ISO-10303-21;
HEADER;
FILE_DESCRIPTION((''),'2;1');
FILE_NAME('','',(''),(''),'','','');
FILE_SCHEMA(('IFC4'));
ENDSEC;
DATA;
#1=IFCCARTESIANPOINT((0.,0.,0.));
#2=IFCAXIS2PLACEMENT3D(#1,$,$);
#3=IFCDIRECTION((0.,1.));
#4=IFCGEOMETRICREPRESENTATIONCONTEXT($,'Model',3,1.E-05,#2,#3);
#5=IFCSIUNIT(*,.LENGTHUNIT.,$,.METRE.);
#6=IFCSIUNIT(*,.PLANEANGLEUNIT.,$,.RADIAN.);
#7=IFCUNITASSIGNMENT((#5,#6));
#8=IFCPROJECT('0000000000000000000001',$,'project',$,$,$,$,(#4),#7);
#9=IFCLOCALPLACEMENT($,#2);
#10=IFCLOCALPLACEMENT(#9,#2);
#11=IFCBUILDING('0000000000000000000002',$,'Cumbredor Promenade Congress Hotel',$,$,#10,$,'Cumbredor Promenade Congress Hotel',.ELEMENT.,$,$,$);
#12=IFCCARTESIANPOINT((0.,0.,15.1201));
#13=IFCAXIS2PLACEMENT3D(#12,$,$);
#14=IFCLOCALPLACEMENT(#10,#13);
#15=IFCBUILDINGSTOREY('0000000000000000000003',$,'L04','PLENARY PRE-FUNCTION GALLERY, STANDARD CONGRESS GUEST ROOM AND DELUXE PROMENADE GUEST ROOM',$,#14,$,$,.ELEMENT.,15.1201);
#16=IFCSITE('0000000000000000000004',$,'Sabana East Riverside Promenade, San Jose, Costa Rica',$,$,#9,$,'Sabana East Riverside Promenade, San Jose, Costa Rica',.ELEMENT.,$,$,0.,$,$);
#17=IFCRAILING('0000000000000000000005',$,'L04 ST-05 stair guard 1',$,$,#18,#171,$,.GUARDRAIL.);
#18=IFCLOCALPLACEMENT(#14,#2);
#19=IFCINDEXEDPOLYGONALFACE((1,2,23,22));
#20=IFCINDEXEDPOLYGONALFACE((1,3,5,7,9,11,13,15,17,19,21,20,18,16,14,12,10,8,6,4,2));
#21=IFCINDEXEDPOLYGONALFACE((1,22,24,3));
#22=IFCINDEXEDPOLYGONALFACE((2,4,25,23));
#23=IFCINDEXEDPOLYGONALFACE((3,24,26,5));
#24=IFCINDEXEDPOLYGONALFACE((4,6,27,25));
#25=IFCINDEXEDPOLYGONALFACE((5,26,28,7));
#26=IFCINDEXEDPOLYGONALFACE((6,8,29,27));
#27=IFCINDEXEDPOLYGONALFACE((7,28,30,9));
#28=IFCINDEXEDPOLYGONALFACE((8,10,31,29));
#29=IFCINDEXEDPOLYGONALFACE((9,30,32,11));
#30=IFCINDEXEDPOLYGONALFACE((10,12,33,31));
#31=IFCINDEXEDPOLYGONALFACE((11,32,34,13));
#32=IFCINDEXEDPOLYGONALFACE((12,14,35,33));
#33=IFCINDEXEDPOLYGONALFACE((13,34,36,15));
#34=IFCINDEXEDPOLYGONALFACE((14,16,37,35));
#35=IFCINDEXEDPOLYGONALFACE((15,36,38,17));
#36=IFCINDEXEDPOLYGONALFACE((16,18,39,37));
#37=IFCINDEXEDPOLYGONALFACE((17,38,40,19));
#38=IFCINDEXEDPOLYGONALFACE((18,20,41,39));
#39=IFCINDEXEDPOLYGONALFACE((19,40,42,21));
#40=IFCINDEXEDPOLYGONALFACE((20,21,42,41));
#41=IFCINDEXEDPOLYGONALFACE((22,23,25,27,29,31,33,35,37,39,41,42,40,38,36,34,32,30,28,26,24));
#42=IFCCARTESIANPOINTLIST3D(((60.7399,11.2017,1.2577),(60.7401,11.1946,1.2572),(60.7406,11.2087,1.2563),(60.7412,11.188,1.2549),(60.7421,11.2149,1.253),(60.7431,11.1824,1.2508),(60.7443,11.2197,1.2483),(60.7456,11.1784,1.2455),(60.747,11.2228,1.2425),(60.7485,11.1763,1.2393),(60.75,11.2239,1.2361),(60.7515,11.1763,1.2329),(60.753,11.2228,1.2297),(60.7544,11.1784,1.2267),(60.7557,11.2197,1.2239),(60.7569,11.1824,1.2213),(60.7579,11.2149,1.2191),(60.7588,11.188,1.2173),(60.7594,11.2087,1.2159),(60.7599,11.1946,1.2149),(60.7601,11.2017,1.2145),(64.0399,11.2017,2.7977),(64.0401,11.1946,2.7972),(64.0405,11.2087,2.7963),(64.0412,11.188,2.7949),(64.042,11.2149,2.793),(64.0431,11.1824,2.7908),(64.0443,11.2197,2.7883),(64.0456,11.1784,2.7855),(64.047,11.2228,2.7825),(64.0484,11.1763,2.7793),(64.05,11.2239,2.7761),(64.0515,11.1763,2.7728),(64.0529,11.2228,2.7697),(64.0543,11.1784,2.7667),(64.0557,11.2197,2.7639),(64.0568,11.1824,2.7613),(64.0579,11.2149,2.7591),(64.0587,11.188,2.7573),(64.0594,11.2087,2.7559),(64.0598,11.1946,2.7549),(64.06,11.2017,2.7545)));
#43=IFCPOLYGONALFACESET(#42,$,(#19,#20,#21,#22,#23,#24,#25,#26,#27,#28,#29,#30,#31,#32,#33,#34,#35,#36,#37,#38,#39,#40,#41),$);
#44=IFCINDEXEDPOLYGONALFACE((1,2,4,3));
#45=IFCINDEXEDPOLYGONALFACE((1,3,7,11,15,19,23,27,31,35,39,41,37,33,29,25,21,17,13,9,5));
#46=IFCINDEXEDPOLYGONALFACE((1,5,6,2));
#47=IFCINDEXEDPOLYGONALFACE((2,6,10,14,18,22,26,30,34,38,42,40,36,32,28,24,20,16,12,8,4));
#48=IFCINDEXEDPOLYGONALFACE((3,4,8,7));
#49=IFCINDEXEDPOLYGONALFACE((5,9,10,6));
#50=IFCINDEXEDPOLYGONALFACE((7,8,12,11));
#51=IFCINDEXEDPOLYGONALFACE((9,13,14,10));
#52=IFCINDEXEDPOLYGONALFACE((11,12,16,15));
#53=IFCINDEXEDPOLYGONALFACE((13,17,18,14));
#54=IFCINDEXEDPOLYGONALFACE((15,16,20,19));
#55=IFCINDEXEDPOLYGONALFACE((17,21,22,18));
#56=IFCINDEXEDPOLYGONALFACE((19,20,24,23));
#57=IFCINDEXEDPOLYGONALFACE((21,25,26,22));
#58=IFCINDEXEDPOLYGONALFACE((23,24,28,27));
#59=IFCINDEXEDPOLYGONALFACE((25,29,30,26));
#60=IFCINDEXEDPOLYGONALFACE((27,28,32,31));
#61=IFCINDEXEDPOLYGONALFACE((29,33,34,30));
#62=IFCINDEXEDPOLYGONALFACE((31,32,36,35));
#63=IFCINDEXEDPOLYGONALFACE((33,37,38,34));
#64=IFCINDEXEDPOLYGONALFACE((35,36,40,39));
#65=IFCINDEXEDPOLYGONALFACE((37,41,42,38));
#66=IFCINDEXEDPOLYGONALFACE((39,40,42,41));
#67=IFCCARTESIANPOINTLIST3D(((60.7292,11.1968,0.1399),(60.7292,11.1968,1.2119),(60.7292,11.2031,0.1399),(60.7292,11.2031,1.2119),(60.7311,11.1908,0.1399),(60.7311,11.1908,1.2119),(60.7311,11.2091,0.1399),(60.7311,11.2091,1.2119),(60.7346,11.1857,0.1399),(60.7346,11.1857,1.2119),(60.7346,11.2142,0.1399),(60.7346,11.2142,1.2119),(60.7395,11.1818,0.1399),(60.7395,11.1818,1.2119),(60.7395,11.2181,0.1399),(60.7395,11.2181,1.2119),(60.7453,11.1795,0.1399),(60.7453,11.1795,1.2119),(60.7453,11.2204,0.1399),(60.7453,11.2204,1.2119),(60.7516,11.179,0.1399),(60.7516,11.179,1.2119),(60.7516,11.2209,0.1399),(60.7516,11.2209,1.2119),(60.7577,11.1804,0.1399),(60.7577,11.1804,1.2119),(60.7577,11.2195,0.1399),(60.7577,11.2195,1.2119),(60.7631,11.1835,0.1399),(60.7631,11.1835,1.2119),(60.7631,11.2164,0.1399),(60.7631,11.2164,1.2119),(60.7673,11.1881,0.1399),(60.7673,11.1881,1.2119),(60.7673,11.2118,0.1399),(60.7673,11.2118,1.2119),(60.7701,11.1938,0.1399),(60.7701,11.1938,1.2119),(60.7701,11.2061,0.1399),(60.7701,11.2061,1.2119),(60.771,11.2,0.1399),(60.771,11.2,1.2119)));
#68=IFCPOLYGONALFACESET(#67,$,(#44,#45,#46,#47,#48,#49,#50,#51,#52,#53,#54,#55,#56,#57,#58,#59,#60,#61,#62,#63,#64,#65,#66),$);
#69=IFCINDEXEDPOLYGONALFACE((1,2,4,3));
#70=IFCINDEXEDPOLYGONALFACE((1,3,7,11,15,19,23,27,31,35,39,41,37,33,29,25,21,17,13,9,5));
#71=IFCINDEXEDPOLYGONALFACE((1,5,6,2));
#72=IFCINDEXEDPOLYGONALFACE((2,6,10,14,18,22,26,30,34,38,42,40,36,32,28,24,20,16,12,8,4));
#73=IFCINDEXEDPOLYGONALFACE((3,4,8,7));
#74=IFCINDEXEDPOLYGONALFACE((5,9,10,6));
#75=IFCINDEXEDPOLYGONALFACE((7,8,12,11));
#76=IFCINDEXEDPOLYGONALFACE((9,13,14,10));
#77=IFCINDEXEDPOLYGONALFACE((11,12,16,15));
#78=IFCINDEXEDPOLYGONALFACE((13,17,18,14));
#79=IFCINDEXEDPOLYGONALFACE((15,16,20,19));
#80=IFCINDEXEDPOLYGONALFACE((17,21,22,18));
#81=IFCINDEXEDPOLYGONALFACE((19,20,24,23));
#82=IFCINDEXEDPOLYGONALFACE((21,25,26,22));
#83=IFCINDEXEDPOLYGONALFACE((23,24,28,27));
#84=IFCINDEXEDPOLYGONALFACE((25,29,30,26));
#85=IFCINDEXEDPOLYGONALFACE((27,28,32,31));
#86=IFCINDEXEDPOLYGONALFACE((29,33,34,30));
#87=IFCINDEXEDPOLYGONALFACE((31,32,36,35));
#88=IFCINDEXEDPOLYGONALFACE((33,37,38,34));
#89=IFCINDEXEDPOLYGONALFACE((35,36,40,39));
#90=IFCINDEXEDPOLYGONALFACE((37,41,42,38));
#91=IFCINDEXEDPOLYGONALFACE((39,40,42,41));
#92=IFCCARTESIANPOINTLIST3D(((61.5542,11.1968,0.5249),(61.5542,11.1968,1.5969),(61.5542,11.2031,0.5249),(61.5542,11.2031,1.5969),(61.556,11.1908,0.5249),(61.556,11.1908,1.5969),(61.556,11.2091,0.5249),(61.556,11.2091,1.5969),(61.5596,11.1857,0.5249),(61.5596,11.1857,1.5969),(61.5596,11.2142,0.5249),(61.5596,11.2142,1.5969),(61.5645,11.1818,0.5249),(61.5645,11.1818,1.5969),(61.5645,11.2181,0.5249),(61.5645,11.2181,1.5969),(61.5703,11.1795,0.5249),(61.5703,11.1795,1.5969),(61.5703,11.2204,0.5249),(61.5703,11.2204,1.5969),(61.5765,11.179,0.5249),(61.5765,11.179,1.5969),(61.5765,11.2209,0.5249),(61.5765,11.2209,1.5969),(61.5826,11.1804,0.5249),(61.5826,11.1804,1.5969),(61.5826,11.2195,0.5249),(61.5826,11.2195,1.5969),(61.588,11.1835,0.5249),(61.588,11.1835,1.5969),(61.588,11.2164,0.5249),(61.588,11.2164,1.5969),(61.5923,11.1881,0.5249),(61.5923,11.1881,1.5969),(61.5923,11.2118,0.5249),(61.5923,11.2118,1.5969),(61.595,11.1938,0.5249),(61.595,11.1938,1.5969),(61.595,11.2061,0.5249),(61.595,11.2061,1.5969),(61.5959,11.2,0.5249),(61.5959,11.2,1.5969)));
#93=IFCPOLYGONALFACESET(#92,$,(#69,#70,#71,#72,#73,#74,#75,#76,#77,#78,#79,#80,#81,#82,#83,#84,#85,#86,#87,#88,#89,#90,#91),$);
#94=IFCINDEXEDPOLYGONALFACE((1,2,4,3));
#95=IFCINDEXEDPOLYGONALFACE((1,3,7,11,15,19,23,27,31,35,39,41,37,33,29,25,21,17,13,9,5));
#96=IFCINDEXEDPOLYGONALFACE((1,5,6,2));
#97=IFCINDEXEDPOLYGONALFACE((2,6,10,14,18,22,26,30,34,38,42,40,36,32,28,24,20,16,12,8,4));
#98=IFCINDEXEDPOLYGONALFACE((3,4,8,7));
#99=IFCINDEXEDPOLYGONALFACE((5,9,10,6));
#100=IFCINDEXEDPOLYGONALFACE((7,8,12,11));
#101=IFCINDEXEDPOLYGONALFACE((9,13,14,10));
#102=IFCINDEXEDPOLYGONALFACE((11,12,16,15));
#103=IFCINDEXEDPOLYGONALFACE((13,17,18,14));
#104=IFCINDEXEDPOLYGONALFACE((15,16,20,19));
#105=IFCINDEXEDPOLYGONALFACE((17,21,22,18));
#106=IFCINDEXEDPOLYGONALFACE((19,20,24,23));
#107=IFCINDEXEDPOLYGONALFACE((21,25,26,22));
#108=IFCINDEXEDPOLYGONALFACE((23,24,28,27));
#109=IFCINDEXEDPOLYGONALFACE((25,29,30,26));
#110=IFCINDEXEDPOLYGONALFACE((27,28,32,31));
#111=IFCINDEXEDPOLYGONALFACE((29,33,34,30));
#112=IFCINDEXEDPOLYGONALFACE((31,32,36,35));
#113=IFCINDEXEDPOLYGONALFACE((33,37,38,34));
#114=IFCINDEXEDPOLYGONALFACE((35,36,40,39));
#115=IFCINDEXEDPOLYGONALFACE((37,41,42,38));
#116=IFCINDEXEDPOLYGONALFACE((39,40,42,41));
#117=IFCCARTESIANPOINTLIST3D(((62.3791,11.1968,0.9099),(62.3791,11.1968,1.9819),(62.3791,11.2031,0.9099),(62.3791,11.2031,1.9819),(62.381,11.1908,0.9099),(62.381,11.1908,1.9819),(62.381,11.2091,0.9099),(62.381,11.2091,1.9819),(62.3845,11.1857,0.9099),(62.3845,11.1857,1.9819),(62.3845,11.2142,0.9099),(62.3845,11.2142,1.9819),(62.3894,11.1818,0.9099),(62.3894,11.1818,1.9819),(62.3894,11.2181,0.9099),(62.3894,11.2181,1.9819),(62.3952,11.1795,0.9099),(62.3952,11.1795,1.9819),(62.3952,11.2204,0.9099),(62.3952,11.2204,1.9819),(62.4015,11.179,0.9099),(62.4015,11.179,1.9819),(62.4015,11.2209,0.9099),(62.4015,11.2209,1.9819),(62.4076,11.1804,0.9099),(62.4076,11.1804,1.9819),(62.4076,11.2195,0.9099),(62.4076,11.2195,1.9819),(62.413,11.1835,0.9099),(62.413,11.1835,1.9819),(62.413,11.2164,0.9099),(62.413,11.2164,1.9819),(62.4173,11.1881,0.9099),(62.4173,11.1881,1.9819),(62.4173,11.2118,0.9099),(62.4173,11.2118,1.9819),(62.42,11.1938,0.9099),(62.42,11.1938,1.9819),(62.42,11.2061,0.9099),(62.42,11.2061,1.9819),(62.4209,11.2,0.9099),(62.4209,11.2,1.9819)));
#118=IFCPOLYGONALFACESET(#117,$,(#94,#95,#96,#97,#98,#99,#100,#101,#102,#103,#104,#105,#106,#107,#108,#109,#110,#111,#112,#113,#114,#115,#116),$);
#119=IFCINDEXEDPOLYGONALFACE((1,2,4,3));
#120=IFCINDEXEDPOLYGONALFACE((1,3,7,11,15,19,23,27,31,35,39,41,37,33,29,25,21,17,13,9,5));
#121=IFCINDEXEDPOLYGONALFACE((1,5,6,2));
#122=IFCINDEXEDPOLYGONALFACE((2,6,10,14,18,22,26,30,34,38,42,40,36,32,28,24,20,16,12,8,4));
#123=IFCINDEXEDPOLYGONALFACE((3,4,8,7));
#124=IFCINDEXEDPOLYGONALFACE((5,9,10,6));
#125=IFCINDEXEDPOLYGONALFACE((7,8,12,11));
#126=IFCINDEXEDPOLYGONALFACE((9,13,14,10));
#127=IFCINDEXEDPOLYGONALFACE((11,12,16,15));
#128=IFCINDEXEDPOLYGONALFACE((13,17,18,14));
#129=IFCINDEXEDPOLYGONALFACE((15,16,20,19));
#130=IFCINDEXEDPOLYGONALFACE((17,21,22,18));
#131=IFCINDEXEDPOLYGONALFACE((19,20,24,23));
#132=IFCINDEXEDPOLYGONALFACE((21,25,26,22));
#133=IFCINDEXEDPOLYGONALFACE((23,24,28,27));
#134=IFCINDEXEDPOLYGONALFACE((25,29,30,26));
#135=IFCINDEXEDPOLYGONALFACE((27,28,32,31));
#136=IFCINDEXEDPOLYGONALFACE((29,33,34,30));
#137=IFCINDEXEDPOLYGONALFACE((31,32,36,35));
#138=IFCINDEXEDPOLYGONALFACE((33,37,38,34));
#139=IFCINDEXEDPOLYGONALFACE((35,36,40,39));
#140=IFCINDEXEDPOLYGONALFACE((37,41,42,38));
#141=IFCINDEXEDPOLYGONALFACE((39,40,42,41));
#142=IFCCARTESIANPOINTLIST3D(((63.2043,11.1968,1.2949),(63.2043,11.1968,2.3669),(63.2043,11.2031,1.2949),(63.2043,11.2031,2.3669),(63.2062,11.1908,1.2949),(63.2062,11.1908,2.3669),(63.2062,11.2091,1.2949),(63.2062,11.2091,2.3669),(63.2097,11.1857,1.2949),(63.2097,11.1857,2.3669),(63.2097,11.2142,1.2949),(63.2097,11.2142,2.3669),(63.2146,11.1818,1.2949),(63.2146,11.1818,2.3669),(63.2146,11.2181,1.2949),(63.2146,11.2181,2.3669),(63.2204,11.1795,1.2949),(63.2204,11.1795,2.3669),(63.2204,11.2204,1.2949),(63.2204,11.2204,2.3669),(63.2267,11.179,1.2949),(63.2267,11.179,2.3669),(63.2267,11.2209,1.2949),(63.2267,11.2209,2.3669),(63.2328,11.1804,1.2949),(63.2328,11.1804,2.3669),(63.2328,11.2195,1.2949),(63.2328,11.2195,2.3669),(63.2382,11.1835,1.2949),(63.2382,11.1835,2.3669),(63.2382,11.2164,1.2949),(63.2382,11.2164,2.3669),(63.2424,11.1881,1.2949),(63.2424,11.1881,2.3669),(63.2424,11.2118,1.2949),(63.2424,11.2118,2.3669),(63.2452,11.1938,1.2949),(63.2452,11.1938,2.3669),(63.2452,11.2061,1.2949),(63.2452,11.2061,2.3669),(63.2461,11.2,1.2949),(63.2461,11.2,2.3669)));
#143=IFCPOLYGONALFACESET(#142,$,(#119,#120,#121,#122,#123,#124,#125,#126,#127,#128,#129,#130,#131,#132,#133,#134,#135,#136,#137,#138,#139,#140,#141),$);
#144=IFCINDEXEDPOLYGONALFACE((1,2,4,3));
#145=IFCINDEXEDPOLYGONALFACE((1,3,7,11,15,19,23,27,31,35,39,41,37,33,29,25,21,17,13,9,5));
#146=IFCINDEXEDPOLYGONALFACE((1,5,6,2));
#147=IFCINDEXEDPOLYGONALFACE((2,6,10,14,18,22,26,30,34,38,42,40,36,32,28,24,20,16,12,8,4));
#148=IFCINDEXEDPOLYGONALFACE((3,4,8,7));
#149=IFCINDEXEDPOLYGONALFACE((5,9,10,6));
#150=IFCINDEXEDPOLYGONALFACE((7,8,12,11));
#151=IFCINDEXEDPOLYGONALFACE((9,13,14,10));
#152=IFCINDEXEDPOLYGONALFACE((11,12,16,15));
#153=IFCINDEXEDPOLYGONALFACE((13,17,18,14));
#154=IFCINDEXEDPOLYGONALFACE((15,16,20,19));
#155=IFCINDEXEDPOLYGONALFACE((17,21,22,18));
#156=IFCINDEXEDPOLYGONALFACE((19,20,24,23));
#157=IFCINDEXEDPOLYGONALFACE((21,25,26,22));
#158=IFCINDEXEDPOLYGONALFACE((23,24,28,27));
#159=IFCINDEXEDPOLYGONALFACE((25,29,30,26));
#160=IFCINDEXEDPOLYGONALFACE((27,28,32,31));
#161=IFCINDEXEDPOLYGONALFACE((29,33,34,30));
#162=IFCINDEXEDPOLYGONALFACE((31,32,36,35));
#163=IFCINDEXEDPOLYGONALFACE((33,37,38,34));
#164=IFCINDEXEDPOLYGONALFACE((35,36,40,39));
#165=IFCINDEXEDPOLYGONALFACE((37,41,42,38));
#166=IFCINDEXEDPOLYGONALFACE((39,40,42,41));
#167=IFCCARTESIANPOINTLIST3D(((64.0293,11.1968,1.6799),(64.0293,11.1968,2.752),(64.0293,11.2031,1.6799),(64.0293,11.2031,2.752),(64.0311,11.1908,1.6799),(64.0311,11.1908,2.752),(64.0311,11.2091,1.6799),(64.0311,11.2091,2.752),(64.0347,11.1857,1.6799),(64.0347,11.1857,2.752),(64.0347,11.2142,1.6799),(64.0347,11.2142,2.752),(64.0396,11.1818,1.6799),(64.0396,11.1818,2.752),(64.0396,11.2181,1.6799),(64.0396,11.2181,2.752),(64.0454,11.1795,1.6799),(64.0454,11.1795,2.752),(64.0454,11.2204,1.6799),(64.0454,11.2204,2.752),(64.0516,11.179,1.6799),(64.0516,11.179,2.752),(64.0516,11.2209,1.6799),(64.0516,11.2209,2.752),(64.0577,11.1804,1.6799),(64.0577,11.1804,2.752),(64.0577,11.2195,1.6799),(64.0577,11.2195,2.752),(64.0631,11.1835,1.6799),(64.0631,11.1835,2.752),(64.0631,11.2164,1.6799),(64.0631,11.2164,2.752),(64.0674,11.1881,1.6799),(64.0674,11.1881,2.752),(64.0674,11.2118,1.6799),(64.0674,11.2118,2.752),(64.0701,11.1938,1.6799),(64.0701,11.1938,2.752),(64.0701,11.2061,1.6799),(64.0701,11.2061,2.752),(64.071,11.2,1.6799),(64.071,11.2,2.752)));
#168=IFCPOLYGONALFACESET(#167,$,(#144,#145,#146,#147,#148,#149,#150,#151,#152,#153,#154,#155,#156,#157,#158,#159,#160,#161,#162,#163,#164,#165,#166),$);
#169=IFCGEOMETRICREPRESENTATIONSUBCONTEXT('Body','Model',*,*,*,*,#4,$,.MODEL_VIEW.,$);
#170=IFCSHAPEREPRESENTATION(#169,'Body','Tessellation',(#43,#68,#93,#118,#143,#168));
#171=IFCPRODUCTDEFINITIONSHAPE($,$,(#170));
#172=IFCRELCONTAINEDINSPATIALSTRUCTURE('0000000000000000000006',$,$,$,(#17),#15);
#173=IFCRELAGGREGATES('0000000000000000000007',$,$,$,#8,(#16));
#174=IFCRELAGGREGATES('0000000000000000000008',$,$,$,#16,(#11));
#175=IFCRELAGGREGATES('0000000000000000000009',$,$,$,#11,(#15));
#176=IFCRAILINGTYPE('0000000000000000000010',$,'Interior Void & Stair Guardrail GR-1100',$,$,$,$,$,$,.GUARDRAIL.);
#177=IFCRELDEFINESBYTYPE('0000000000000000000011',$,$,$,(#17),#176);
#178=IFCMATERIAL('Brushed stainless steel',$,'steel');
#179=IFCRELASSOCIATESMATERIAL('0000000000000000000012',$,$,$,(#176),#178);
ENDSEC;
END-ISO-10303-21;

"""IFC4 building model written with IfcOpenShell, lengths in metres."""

from ifc_helpers import new_model, si_unit, direction, frame, origin, origin_2d, place, context, subcontext, project, spatial, circle, extrude, material, type_object, element, save


model = new_model("IFC4")

# Units and contexts
model_context = context("Model", 3, precision=1e-05, world=origin(), true_north=direction((0.0, 1.0)))
body_context = subcontext(model_context, "Body", "Model", "MODEL_VIEW")
ifc_project = project(units=[si_unit("LENGTHUNIT", "METRE"), si_unit("PLANEANGLEUNIT", "RADIAN")], contexts=[model_context])

# Site, building, storey
site_placement = place(None, origin())
site = spatial("IfcSite", under=ifc_project, at=site_placement, Name="Sabana East Riverside Promenade, San Jose, Costa Rica", LongName="Sabana East Riverside Promenade, San Jose, Costa Rica", CompositionType="ELEMENT", RefElevation=0.0)
building_placement = place(site_placement, origin())
building = spatial("IfcBuilding", under=site, at=building_placement, Name="Cumbredor Promenade Congress Hotel", LongName="Cumbredor Promenade Congress Hotel", CompositionType="ELEMENT")
storey_placement = place(building_placement, frame((0.0, 0.0, 15.1201)))
storey = spatial("IfcBuildingStorey", under=building, at=storey_placement, Name="L04", Description="PLENARY PRE-FUNCTION GALLERY, STANDARD CONGRESS GUEST ROOM AND DELUXE PROMENADE GUEST ROOM", CompositionType="ELEMENT", Elevation=15.1201)

# Railing
ifc_material_1 = material(Name="Brushed stainless steel", Category="steel")
railing_type_1 = type_object("IfcRailingType", Name="Interior Void & Stair Guardrail GR-1100", PredefinedType="GUARDRAIL", material=ifc_material_1)
railing_1_placement = place(storey_placement, frame((60.75, 11.2, 0.1399)))
element("IfcRailing", 1, at=railing_1_placement, inside=storey, type_object=railing_type_1, Name="L04 ST-05 stair guard 1", PredefinedType="GUARDRAIL", context=body_context, shape_type="SweptSolid", body=[
    extrude(circle(Radius=0.0239, at=origin_2d()), frame((0.0, 0.0, 1.0962), z_axis=(0.906181, 0.0, 0.422889), x_axis=(0.0, 1.0, 0.0)), (0.0, 0.0, 1.0), 3.6416),
    extrude(circle(Radius=0.021, at=origin_2d()), origin(), (0.0, 0.0, 1.0), 1.072),
    extrude(circle(Radius=0.021, at=origin_2d()), frame((0.825, 0.0, 0.385)), (0.0, 0.0, 1.0), 1.072),
    extrude(circle(Radius=0.021, at=origin_2d()), frame((1.6499, 0.0, 0.77)), (0.0, 0.0, 1.0), 1.072),
    extrude(circle(Radius=0.021, at=origin_2d()), frame((2.4751, 0.0, 1.155)), (0.0, 0.0, 1.0), 1.072),
    extrude(circle(Radius=0.021, at=origin_2d()), frame((3.3, 0.0, 1.54)), (0.0, 0.0, 1.0), 1.072),
])

save(model, "model.ifc")
